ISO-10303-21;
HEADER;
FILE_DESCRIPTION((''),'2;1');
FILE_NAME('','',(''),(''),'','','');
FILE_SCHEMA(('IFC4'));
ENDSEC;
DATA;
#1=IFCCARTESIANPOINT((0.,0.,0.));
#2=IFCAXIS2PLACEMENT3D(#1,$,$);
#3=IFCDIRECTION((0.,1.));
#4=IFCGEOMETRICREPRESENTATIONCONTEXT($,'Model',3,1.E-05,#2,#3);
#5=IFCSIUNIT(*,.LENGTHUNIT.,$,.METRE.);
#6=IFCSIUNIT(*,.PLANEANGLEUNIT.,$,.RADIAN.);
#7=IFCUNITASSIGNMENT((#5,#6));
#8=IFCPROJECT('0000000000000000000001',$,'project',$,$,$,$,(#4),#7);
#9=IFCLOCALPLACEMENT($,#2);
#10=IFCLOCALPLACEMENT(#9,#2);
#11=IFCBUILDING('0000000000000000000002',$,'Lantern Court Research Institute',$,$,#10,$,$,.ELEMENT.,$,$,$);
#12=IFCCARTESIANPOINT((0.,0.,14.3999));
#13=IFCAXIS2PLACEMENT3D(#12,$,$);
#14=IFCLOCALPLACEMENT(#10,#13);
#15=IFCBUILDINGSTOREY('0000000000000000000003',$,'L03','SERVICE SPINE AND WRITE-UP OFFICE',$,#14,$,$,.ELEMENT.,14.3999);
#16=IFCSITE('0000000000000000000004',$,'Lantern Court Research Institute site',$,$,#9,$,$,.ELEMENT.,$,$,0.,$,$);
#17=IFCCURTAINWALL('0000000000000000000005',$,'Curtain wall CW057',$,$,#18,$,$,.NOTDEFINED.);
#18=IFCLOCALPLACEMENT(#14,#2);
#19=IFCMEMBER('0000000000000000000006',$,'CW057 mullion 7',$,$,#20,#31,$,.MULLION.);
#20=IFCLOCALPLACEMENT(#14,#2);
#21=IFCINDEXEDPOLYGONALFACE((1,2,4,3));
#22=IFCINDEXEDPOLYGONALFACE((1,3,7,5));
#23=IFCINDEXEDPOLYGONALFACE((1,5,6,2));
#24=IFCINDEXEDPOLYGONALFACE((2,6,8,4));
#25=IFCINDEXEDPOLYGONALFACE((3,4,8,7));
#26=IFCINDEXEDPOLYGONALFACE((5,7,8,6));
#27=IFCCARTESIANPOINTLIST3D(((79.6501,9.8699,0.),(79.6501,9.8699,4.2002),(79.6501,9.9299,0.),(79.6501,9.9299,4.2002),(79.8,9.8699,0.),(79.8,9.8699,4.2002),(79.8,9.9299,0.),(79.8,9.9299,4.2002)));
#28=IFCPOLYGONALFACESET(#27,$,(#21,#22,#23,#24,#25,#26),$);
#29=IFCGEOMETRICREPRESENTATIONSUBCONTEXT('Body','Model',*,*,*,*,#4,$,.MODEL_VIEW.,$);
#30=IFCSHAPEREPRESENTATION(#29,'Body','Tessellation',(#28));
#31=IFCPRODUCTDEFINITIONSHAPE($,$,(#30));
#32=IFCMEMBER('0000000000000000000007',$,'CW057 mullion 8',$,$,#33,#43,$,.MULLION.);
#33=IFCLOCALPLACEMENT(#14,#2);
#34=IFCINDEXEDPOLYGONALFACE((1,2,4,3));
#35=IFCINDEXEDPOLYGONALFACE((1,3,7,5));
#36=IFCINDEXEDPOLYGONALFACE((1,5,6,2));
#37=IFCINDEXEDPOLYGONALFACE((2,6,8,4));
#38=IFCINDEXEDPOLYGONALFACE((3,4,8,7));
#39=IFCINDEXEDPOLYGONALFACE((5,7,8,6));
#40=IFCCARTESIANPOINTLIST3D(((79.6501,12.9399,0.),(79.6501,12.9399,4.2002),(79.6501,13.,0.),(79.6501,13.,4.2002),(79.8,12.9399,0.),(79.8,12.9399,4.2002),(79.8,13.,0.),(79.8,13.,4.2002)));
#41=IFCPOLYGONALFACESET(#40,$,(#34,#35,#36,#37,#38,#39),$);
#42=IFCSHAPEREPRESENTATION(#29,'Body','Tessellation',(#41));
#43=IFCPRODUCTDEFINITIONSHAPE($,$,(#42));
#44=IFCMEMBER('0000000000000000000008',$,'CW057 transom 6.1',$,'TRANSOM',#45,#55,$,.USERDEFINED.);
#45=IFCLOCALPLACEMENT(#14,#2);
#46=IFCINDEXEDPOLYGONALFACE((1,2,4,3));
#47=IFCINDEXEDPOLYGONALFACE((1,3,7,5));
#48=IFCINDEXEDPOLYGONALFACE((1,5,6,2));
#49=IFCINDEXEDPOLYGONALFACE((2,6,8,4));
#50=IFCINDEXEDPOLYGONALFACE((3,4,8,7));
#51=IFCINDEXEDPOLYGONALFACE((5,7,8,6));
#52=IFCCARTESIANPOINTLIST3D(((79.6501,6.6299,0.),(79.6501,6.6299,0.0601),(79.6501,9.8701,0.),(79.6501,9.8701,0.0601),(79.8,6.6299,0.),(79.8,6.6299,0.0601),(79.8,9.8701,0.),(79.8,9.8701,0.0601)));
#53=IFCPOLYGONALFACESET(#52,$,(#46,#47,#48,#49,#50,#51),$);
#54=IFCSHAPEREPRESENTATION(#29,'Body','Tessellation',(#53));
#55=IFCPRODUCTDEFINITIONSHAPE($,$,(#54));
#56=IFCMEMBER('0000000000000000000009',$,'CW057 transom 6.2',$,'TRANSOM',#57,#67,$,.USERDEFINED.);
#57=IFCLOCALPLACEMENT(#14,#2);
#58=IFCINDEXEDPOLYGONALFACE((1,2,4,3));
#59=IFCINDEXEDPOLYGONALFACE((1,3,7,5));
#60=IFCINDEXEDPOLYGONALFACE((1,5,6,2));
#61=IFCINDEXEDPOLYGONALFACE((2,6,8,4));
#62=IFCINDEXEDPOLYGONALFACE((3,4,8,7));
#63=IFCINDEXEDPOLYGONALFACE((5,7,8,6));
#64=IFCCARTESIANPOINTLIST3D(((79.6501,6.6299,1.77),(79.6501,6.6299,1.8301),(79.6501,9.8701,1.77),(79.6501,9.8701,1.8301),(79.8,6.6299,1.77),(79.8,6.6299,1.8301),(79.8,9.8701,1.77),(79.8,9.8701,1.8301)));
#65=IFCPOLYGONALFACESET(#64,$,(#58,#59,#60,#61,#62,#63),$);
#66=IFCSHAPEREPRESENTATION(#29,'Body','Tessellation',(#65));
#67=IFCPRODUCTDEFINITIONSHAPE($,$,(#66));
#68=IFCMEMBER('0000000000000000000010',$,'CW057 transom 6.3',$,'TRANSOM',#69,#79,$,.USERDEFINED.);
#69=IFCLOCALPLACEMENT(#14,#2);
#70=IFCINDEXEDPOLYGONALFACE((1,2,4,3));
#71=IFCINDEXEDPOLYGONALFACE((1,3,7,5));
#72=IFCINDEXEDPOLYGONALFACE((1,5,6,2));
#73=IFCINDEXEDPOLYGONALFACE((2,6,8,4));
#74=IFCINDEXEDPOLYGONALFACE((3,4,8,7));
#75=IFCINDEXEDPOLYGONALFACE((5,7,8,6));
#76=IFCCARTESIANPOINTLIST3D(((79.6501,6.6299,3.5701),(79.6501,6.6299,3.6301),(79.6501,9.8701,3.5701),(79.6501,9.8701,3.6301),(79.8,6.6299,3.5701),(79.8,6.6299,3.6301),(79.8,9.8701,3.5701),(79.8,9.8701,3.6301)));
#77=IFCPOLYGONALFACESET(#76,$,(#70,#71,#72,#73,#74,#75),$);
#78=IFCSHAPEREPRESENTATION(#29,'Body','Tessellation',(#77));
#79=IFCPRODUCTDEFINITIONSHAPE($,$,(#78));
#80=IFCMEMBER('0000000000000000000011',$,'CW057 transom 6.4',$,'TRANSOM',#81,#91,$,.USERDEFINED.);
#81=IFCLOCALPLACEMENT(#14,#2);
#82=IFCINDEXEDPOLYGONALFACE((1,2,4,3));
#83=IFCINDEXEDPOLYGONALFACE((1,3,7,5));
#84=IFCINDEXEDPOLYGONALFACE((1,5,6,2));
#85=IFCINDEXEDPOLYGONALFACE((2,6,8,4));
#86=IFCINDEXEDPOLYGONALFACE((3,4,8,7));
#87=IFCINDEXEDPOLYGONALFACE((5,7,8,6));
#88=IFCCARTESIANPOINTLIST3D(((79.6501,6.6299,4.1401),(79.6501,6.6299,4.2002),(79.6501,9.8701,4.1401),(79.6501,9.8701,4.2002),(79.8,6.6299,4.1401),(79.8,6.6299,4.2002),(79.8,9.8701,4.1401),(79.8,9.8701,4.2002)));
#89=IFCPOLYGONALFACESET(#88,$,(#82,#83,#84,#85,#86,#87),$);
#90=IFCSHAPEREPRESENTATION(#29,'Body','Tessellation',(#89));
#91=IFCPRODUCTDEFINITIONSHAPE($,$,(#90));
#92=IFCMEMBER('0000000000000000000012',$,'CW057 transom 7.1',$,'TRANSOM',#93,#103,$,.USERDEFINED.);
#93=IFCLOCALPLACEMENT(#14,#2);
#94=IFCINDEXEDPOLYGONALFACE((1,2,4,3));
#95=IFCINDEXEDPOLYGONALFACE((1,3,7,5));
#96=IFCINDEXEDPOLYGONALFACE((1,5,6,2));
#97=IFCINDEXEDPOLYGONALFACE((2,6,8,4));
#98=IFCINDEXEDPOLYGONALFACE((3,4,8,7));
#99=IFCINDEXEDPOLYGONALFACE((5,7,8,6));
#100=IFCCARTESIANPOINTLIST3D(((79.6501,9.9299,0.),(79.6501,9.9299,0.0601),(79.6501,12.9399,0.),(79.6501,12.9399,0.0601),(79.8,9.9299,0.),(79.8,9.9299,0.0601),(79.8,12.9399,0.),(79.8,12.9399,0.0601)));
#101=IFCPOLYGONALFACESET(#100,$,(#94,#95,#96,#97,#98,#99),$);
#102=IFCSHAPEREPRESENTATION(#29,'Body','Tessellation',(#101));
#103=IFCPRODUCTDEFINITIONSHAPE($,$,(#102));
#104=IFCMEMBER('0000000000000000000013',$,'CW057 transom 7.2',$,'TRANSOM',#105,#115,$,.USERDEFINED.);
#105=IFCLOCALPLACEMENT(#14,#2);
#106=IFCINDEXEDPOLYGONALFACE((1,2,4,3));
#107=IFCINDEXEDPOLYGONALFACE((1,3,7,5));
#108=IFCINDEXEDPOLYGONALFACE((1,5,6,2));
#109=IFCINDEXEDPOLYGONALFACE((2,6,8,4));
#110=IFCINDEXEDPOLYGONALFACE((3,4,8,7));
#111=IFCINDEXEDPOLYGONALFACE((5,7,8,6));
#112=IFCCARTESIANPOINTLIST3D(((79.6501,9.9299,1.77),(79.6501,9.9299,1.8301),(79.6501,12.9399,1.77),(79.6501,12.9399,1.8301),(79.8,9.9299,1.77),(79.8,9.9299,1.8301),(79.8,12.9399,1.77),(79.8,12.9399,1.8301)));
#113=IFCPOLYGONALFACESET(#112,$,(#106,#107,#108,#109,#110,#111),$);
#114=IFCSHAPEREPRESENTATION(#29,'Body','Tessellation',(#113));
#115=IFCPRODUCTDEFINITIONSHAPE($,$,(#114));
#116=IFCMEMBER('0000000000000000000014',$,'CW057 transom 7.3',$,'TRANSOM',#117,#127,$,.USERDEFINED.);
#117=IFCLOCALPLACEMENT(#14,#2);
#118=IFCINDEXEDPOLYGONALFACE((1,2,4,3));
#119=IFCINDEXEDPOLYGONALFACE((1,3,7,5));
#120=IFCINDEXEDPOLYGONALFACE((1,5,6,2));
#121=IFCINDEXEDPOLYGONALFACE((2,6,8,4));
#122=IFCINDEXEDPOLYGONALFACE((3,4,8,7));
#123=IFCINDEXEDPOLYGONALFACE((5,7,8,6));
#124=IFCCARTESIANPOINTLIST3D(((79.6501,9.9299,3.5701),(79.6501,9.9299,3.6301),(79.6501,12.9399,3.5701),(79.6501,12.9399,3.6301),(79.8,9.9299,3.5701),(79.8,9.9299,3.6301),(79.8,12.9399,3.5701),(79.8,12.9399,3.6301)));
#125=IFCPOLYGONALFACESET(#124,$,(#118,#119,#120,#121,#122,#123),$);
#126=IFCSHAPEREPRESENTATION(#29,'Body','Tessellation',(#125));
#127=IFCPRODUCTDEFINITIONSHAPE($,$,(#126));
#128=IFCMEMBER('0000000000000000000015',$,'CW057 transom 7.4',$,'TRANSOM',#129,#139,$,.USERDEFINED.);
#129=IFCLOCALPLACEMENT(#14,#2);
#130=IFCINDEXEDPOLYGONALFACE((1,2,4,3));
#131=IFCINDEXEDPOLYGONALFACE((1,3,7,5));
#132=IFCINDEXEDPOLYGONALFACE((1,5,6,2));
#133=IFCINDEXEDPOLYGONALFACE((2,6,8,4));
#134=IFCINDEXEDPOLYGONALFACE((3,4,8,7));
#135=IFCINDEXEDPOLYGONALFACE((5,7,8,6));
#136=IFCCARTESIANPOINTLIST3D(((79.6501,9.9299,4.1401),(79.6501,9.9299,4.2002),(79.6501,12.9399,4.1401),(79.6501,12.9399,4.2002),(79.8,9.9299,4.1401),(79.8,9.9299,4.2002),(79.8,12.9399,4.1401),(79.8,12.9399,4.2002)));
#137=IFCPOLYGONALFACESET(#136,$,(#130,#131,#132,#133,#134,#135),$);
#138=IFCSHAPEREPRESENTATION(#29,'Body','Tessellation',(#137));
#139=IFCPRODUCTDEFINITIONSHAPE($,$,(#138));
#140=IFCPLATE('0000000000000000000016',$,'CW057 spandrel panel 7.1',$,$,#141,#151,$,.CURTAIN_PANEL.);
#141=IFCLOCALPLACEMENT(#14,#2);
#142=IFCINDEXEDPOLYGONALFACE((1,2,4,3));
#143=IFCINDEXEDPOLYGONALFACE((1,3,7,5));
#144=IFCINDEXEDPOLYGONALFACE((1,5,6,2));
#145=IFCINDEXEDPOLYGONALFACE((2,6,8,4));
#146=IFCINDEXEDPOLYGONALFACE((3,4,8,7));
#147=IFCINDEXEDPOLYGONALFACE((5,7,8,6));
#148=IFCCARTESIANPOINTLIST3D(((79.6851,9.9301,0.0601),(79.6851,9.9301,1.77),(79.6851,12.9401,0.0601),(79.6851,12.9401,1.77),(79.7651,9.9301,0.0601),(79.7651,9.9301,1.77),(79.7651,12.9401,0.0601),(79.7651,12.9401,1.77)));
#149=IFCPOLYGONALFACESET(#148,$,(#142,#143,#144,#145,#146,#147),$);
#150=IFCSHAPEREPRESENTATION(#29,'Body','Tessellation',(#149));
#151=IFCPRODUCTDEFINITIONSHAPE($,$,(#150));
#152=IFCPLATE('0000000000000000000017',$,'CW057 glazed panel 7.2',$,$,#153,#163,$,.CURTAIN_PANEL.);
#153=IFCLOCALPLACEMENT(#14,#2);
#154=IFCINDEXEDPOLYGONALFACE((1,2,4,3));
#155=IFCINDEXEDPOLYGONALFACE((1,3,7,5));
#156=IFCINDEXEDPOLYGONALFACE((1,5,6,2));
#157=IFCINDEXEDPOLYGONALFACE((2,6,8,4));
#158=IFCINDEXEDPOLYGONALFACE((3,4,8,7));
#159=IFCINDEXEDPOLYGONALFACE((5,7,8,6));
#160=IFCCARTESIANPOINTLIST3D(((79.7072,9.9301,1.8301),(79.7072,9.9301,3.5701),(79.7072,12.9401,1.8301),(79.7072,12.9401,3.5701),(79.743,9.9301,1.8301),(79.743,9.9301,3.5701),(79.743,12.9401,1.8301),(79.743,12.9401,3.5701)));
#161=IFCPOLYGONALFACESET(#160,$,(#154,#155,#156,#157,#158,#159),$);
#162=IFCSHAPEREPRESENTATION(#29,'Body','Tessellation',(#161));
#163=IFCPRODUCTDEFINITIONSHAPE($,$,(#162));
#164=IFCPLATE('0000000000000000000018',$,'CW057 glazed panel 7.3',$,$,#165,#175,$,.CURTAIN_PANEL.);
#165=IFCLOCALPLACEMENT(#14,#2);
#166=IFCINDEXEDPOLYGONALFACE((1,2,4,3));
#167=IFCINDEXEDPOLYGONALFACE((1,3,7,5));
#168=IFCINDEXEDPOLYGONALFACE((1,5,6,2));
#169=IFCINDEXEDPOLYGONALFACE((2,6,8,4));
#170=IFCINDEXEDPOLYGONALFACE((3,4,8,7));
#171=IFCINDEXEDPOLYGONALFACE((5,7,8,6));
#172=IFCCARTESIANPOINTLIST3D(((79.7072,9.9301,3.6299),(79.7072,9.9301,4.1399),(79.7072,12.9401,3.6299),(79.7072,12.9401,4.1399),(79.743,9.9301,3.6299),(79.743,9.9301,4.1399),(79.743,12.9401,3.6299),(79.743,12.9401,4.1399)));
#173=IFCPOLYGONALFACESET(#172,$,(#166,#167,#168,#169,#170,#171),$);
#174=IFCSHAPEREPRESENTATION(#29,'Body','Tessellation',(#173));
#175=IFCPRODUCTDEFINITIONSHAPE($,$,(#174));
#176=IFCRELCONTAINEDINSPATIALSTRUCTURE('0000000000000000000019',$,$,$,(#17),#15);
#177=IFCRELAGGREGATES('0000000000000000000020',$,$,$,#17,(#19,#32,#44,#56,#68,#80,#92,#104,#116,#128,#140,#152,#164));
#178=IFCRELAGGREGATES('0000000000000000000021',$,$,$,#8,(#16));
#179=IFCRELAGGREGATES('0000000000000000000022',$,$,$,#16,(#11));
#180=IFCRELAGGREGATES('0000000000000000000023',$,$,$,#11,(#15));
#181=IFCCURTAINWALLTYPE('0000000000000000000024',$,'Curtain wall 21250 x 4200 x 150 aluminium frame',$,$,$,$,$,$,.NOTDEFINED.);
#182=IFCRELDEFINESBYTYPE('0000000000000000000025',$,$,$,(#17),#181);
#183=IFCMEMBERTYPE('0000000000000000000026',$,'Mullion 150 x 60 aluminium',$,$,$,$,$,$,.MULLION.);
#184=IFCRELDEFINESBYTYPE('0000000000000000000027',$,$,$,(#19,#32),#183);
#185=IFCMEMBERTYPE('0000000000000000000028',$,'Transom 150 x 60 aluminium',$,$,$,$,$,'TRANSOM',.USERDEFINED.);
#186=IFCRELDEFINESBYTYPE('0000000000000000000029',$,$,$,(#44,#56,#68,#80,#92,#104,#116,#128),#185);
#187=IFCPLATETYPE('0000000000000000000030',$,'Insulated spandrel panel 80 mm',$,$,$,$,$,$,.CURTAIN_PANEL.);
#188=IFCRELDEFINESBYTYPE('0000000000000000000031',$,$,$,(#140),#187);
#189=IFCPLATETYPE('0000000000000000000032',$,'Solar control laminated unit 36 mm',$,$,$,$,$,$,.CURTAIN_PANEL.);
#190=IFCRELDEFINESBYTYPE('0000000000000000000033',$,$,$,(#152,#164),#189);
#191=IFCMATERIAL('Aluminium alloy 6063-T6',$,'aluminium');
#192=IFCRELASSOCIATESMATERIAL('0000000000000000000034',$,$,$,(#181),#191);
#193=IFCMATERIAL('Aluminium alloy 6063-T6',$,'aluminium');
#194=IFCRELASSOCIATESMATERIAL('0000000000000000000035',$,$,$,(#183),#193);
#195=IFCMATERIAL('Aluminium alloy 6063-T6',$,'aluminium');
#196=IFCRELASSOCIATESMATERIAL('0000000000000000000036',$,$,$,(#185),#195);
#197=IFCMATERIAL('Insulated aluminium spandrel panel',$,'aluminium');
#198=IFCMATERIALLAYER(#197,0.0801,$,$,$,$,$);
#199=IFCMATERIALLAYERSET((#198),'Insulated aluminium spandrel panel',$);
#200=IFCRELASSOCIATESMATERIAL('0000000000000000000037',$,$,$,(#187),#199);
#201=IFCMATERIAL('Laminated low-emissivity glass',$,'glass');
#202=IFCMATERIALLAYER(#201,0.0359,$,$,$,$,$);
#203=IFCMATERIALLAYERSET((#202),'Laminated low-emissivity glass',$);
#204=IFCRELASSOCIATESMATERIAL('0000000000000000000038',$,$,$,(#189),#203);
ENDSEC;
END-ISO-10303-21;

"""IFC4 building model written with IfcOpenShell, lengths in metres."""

from ifc_helpers import new_model, si_unit, direction, frame, origin, origin_2d, place, context, subcontext, project, spatial, rectangle, extrude, material, layer, layer_set, material_profile, profile_set, type_object, element, aggregate, save


model = new_model("IFC4")

# Units and contexts
model_context = context("Model", 3, precision=1e-05, world=origin(), true_north=direction((0.0, 1.0)))
body_context = subcontext(model_context, "Body", "Model", "MODEL_VIEW")
ifc_project = project(units=[si_unit("LENGTHUNIT", "METRE"), si_unit("PLANEANGLEUNIT", "RADIAN")], contexts=[model_context])

# Site, building, storey
site_placement = place(None, origin())
site = spatial("IfcSite", under=ifc_project, at=site_placement, Name="Lantern Court Research Institute site", CompositionType="ELEMENT", RefElevation=0.0)
building_placement = place(site_placement, origin())
building = spatial("IfcBuilding", under=site, at=building_placement, Name="Lantern Court Research Institute", CompositionType="ELEMENT")
storey_placement = place(building_placement, frame((0.0, 0.0, 14.3999)))
storey = spatial("IfcBuildingStorey", under=building, at=storey_placement, Name="L03", Description="SERVICE SPINE AND WRITE-UP OFFICE", CompositionType="ELEMENT", Elevation=14.3999)

# Curtain wall, members, plates
ifc_material_1 = material(Name="Aluminium alloy 6063-T6", Category="aluminium")
curtain_wall_type = type_object("IfcCurtainWallType", Name="Curtain wall 21250 x 4200 x 150 aluminium frame", PredefinedType="NOTDEFINED", material=ifc_material_1)
curtain_wall_placement = place(storey_placement, origin())
curtain_wall = element("IfcCurtainWall", 1, at=curtain_wall_placement, inside=storey, type_object=curtain_wall_type, Name="Curtain wall CW057", PredefinedType="NOTDEFINED")
ifc_material_2 = material(Name="Aluminium alloy 6063-T6", Category="aluminium")
ifc_material_profile_1 = material_profile(ifc_material_2, rectangle(XDim=0.1499, YDim=0.0601, at=origin_2d()), Name="Mullion 150 x 60")
ifc_profile_set_1 = profile_set([ifc_material_profile_1], Name="Aluminium alloy 6063-T6")
member_type_1 = type_object("IfcMemberType", Name="Mullion 150 x 60 aluminium", PredefinedType="MULLION", material=ifc_profile_set_1)
member_1_placement = place(storey_placement, frame((79.7251, 9.8999, 0.0), z_axis=(0.0, 0.0, 1.0), x_axis=(1.0, 0.0, 0.0)))
member_1 = element("IfcMember", 2, at=member_1_placement, type_object=member_type_1, Name="CW057 mullion 7", PredefinedType="MULLION", context=body_context, shape_type="SweptSolid", body=[
    extrude(rectangle(XDim=0.1499, YDim=0.0601, at=origin_2d()), origin(), (0.0, 0.0, 1.0), 4.2002),
])
member_2_placement = place(storey_placement, frame((79.7251, 12.97, 0.0), z_axis=(0.0, 0.0, 1.0), x_axis=(1.0, 0.0, 0.0)))
member_2 = element("IfcMember", 3, at=member_2_placement, type_object=member_type_1, Name="CW057 mullion 8", PredefinedType="MULLION", context=body_context, shape_type="SweptSolid", body=[
    extrude(rectangle(XDim=0.1499, YDim=0.0601, at=origin_2d()), origin(), (0.0, 0.0, 1.0), 4.2002),
])
ifc_material_3 = material(Name="Aluminium alloy 6063-T6", Category="aluminium")
ifc_material_profile_2 = material_profile(ifc_material_3, rectangle(XDim=0.1499, YDim=0.0601, at=origin_2d()), Name="Transom 150 x 60")
ifc_profile_set_2 = profile_set([ifc_material_profile_2], Name="Aluminium alloy 6063-T6")
member_type_2 = type_object("IfcMemberType", Name="Transom 150 x 60 aluminium", ElementType="TRANSOM", PredefinedType="USERDEFINED", material=ifc_profile_set_2)
member_3_placement = place(storey_placement, frame((79.7251, 9.8701, 0.03), z_axis=(0.0, -1.0, 0.0), x_axis=(1.0, 0.0, 0.0)))
member_3 = element("IfcMember", 4, at=member_3_placement, type_object=member_type_2, Name="CW057 transom 6.1", ObjectType="TRANSOM", PredefinedType="USERDEFINED", context=body_context, shape_type="SweptSolid", body=[
    extrude(rectangle(XDim=0.1499, YDim=0.0601, at=origin_2d()), origin(), (0.0, 0.0, 1.0), 3.2402),
])
member_4_placement = place(storey_placement, frame((79.7251, 9.8701, 1.8), z_axis=(0.0, -1.0, 0.0), x_axis=(1.0, 0.0, 0.0)))
member_4 = element("IfcMember", 5, at=member_4_placement, type_object=member_type_2, Name="CW057 transom 6.2", ObjectType="TRANSOM", PredefinedType="USERDEFINED", context=body_context, shape_type="SweptSolid", body=[
    extrude(rectangle(XDim=0.1499, YDim=0.0601, at=origin_2d()), origin(), (0.0, 0.0, 1.0), 3.2402),
])
member_5_placement = place(storey_placement, frame((79.7251, 9.8701, 3.6001), z_axis=(0.0, -1.0, 0.0), x_axis=(1.0, 0.0, 0.0)))
member_5 = element("IfcMember", 6, at=member_5_placement, type_object=member_type_2, Name="CW057 transom 6.3", ObjectType="TRANSOM", PredefinedType="USERDEFINED", context=body_context, shape_type="SweptSolid", body=[
    extrude(rectangle(XDim=0.1499, YDim=0.0601, at=origin_2d()), origin(), (0.0, 0.0, 1.0), 3.2402),
])
member_6_placement = place(storey_placement, frame((79.7251, 9.8701, 4.1702), z_axis=(0.0, -1.0, 0.0), x_axis=(1.0, 0.0, 0.0)))
member_6 = element("IfcMember", 7, at=member_6_placement, type_object=member_type_2, Name="CW057 transom 6.4", ObjectType="TRANSOM", PredefinedType="USERDEFINED", context=body_context, shape_type="SweptSolid", body=[
    extrude(rectangle(XDim=0.1499, YDim=0.0601, at=origin_2d()), origin(), (0.0, 0.0, 1.0), 3.2402),
])
member_7_placement = place(storey_placement, frame((79.7251, 12.9399, 0.03), z_axis=(0.0, -1.0, 0.0), x_axis=(1.0, 0.0, 0.0)))
member_7 = element("IfcMember", 8, at=member_7_placement, type_object=member_type_2, Name="CW057 transom 7.1", ObjectType="TRANSOM", PredefinedType="USERDEFINED", context=body_context, shape_type="SweptSolid", body=[
    extrude(rectangle(XDim=0.1499, YDim=0.0601, at=origin_2d()), origin(), (0.0, 0.0, 1.0), 3.01),
])
member_8_placement = place(storey_placement, frame((79.7251, 12.9399, 1.8), z_axis=(0.0, -1.0, 0.0), x_axis=(1.0, 0.0, 0.0)))
member_8 = element("IfcMember", 9, at=member_8_placement, type_object=member_type_2, Name="CW057 transom 7.2", ObjectType="TRANSOM", PredefinedType="USERDEFINED", context=body_context, shape_type="SweptSolid", body=[
    extrude(rectangle(XDim=0.1499, YDim=0.0601, at=origin_2d()), origin(), (0.0, 0.0, 1.0), 3.01),
])
member_9_placement = place(storey_placement, frame((79.7251, 12.9399, 3.6001), z_axis=(0.0, -1.0, 0.0), x_axis=(1.0, 0.0, 0.0)))
member_9 = element("IfcMember", 10, at=member_9_placement, type_object=member_type_2, Name="CW057 transom 7.3", ObjectType="TRANSOM", PredefinedType="USERDEFINED", context=body_context, shape_type="SweptSolid", body=[
    extrude(rectangle(XDim=0.1499, YDim=0.0601, at=origin_2d()), origin(), (0.0, 0.0, 1.0), 3.01),
])
member_10_placement = place(storey_placement, frame((79.7251, 12.9399, 4.1702), z_axis=(0.0, -1.0, 0.0), x_axis=(1.0, 0.0, 0.0)))
member_10 = element("IfcMember", 11, at=member_10_placement, type_object=member_type_2, Name="CW057 transom 7.4", ObjectType="TRANSOM", PredefinedType="USERDEFINED", context=body_context, shape_type="SweptSolid", body=[
    extrude(rectangle(XDim=0.1499, YDim=0.0601, at=origin_2d()), origin(), (0.0, 0.0, 1.0), 3.01),
])
ifc_material_4 = material(Name="Insulated aluminium spandrel panel", Category="aluminium")
ifc_layer_1 = layer(ifc_material_4, 0.0801)
ifc_layer_set_1 = layer_set([ifc_layer_1], Name="Insulated aluminium spandrel panel")
plate_type_1 = type_object("IfcPlateType", Name="Insulated spandrel panel 80 mm", PredefinedType="CURTAIN_PANEL", material=ifc_layer_set_1)
plate_1_placement = place(storey_placement, frame((79.7251, 11.4351, 0.0601), z_axis=(0.0, 0.0, 1.0), x_axis=(0.0, -1.0, 0.0)))
plate_1 = element("IfcPlate", 12, at=plate_1_placement, type_object=plate_type_1, Name="CW057 spandrel panel 7.1", PredefinedType="CURTAIN_PANEL", context=body_context, shape_type="SweptSolid", body=[
    extrude(rectangle(XDim=3.01, YDim=0.0801, at=origin_2d()), origin(), (0.0, 0.0, 1.0), 1.71),
])
ifc_material_5 = material(Name="Laminated low-emissivity glass", Category="glass")
ifc_layer_2 = layer(ifc_material_5, 0.0359)
ifc_layer_set_2 = layer_set([ifc_layer_2], Name="Laminated low-emissivity glass")
plate_type_2 = type_object("IfcPlateType", Name="Solar control laminated unit 36 mm", PredefinedType="CURTAIN_PANEL", material=ifc_layer_set_2)
plate_2_placement = place(storey_placement, frame((79.7251, 11.4351, 1.8301), z_axis=(0.0, 0.0, 1.0), x_axis=(0.0, -1.0, 0.0)))
plate_2 = element("IfcPlate", 13, at=plate_2_placement, type_object=plate_type_2, Name="CW057 glazed panel 7.2", PredefinedType="CURTAIN_PANEL", context=body_context, shape_type="SweptSolid", body=[
    extrude(rectangle(XDim=3.01, YDim=0.0359, at=origin_2d()), origin(), (0.0, 0.0, 1.0), 1.74),
])
plate_3_placement = place(storey_placement, frame((79.7251, 11.4351, 3.6299), z_axis=(0.0, 0.0, 1.0), x_axis=(0.0, -1.0, 0.0)))
plate_3 = element("IfcPlate", 14, at=plate_3_placement, type_object=plate_type_2, Name="CW057 glazed panel 7.3", PredefinedType="CURTAIN_PANEL", context=body_context, shape_type="SweptSolid", body=[
    extrude(rectangle(XDim=3.01, YDim=0.0359, at=origin_2d()), origin(), (0.0, 0.0, 1.0), 0.51),
])
aggregate(curtain_wall, [member_1, member_2, member_3, member_4, member_5, member_6, member_7, member_8, member_9, member_10, plate_1, plate_2, plate_3])

save(model, "model.ifc")
